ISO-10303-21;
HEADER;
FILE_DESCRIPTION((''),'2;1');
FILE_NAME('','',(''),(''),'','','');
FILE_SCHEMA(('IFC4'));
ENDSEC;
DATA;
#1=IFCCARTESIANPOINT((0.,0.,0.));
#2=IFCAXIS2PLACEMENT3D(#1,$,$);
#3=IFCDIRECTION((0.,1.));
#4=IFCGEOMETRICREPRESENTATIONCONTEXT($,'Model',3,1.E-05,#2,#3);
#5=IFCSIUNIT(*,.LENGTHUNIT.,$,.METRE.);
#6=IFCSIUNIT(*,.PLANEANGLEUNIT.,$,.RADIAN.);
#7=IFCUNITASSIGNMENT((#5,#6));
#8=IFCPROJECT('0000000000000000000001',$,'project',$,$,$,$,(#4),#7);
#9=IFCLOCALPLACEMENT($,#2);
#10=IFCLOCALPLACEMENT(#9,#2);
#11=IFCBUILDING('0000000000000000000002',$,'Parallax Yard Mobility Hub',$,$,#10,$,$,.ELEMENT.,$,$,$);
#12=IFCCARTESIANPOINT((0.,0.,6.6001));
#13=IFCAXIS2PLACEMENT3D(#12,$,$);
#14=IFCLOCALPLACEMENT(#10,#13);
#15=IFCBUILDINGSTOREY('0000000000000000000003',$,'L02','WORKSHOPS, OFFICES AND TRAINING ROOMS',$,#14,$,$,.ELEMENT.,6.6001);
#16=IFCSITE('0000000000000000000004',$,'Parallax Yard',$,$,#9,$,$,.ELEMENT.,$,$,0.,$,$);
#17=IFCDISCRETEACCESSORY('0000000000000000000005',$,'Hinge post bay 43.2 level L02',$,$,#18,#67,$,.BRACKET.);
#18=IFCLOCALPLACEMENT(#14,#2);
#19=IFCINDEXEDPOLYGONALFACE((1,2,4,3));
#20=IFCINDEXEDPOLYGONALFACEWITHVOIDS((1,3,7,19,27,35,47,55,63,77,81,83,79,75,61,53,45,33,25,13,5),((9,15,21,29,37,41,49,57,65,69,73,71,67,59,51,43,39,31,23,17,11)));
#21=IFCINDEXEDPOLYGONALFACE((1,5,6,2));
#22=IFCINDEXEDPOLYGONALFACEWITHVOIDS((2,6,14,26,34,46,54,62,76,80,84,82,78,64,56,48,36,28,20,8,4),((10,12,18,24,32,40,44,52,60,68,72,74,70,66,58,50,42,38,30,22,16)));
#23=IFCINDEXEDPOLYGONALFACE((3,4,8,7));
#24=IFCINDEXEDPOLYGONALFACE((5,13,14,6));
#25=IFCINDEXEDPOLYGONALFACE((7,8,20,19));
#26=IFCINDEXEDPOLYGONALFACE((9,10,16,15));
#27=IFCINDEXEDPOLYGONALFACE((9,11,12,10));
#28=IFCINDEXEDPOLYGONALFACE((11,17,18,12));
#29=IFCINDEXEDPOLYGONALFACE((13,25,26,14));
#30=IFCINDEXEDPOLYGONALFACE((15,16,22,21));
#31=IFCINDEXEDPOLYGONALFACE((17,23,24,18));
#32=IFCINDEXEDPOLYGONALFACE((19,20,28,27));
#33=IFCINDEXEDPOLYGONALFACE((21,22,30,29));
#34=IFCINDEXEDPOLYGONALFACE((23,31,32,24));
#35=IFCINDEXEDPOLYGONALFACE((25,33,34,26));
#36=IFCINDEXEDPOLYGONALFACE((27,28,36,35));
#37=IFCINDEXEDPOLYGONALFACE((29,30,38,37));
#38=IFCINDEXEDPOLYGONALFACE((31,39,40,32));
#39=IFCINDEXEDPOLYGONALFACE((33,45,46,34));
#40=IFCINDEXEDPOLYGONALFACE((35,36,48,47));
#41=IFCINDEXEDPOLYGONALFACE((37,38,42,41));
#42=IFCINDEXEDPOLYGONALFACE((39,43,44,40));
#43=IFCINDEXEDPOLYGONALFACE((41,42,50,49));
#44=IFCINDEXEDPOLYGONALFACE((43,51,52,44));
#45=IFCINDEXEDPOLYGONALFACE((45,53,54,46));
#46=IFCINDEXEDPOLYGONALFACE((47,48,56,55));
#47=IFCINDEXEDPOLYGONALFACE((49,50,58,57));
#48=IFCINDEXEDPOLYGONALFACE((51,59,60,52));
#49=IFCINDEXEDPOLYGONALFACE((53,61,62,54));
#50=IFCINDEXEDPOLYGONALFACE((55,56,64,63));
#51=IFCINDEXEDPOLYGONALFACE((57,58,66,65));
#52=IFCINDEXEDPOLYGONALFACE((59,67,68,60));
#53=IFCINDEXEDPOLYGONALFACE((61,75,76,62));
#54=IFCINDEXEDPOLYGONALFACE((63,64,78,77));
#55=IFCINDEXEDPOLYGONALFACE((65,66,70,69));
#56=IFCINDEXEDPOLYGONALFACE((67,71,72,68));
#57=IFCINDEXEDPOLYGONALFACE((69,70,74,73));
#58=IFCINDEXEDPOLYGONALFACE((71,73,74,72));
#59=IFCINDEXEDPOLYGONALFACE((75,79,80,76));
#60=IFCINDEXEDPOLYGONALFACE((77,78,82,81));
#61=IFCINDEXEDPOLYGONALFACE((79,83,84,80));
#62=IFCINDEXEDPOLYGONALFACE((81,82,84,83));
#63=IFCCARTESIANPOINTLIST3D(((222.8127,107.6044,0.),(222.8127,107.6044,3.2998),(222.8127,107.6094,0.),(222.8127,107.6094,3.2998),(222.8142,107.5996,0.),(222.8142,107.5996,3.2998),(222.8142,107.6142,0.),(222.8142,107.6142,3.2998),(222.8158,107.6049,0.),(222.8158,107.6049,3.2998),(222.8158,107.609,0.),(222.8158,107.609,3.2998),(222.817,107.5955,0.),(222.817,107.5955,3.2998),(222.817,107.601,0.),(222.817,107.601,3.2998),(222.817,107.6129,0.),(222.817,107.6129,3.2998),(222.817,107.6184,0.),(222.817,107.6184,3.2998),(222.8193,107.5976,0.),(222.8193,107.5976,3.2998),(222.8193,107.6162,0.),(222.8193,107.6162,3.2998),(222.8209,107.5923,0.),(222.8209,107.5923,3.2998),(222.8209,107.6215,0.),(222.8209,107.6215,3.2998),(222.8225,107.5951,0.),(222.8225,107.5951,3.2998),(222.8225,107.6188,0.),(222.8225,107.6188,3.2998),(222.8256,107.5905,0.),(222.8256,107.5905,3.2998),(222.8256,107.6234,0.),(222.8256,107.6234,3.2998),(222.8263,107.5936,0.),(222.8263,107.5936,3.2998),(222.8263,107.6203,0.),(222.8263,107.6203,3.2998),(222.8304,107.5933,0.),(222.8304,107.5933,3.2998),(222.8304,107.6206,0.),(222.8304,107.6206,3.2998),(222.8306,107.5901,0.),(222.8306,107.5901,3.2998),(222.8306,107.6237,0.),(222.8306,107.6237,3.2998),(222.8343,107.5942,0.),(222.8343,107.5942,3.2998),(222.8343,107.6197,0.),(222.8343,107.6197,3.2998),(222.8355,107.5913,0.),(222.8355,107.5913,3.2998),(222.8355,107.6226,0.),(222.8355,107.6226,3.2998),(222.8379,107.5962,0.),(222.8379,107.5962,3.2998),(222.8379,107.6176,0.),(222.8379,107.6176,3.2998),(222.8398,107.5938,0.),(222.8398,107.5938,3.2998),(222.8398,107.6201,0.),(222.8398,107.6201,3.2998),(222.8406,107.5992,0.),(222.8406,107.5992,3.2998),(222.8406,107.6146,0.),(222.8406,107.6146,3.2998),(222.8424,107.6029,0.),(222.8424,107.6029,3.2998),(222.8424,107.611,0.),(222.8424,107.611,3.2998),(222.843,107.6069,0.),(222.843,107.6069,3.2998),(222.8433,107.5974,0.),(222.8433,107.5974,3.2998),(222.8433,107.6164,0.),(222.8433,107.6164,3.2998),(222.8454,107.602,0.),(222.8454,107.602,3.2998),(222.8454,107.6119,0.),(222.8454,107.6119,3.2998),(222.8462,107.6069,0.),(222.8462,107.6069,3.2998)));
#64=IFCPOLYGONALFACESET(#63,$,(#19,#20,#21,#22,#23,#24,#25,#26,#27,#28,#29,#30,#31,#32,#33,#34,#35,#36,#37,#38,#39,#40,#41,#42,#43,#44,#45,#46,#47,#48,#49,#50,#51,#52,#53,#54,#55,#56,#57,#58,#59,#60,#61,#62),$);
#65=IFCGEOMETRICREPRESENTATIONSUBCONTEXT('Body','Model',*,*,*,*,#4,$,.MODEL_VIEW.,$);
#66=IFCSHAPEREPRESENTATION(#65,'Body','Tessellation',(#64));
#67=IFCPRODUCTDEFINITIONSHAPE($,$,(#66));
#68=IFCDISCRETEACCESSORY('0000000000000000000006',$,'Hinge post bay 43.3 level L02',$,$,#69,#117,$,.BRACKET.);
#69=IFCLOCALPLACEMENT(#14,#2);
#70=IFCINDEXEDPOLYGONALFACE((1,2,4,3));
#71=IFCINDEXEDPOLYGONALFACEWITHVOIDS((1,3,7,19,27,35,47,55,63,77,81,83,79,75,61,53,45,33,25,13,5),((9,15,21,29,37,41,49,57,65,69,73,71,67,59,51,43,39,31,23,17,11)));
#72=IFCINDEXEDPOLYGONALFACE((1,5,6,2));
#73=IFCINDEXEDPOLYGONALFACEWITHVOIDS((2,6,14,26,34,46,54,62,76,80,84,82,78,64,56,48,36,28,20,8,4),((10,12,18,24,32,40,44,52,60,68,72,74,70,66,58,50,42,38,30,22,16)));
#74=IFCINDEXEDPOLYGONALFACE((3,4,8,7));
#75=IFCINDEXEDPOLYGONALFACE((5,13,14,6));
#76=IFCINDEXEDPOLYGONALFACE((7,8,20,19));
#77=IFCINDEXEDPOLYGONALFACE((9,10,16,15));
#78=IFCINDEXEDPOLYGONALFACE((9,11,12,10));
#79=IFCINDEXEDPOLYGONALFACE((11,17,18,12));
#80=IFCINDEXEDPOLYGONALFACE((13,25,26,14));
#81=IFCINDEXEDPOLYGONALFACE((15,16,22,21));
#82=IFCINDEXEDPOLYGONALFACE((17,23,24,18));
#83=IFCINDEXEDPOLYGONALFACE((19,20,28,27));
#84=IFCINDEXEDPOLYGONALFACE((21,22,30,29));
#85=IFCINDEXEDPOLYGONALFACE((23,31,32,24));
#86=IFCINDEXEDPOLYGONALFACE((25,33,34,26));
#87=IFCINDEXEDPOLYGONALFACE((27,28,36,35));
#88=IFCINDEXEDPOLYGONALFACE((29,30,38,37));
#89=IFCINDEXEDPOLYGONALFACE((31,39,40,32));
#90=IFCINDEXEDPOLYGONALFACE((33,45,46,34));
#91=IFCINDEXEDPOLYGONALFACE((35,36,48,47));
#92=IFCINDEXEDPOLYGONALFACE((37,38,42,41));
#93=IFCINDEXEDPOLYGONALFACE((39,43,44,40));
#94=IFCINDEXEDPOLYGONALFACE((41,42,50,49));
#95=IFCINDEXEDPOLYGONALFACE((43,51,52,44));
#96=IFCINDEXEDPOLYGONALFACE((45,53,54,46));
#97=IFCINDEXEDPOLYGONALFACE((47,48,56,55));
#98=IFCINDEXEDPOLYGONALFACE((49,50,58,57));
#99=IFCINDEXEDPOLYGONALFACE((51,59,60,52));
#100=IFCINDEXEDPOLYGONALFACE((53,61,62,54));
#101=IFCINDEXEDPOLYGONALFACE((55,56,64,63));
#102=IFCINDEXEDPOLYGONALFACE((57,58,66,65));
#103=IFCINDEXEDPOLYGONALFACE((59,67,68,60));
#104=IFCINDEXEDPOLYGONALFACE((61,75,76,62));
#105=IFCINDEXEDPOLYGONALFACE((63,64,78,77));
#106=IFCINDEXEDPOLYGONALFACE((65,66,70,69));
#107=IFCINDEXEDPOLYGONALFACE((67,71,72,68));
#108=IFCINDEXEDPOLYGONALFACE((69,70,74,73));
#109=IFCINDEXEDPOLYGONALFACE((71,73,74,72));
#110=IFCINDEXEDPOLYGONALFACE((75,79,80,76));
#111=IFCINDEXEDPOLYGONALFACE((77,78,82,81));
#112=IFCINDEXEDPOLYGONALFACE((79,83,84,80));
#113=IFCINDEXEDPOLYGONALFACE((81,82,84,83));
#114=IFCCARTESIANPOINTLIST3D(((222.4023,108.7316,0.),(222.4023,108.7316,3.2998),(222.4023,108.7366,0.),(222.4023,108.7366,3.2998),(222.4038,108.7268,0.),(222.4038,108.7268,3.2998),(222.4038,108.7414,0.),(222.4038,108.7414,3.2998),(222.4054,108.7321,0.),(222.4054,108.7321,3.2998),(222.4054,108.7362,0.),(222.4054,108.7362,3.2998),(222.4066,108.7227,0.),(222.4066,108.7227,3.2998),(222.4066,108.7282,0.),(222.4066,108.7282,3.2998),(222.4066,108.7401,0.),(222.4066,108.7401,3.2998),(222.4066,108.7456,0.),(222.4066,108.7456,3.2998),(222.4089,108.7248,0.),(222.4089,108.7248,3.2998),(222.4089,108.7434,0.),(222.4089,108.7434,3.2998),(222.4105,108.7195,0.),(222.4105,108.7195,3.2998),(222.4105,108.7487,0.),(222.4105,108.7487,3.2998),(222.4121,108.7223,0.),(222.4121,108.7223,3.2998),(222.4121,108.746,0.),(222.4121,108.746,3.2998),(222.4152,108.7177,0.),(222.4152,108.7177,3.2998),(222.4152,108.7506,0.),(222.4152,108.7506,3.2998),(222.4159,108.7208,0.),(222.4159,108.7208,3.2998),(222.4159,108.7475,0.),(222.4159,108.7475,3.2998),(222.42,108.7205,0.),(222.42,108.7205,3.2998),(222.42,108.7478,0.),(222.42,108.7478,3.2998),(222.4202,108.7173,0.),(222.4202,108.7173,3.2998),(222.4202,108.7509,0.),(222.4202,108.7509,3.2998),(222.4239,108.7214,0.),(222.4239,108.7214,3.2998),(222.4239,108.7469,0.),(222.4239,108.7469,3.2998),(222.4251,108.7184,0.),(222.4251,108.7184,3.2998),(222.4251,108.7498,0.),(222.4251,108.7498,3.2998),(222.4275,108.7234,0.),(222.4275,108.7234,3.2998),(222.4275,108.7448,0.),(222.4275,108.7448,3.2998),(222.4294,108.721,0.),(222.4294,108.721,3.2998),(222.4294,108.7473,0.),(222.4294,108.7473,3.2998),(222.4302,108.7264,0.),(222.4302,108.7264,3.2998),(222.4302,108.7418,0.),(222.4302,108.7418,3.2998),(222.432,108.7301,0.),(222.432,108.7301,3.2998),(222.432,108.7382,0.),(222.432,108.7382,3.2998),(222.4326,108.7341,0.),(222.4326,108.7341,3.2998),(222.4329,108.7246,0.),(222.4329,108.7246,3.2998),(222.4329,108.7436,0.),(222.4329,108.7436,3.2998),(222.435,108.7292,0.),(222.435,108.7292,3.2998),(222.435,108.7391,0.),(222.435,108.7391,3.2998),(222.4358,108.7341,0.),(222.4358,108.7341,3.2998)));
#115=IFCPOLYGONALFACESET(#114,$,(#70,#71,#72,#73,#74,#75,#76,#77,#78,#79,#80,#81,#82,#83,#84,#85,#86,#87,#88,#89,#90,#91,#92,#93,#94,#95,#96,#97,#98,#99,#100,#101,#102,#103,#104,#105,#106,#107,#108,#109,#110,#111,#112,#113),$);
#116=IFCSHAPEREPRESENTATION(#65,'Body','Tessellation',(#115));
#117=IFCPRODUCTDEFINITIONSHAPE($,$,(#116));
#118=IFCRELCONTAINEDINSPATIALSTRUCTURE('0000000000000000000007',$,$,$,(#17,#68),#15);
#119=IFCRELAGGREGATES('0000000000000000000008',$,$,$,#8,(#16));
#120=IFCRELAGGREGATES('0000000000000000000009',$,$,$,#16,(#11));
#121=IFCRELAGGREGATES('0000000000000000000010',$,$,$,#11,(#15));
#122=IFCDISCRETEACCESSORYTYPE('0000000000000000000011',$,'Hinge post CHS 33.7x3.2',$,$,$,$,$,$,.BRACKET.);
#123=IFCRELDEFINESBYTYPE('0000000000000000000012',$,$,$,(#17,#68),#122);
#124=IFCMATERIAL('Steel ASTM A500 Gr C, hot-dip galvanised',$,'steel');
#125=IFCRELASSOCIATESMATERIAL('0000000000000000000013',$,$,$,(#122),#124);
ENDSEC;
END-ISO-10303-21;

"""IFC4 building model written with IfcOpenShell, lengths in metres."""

from ifc_helpers import new_model, si_unit, direction, frame, origin, origin_2d, place, context, subcontext, project, spatial, hollow_circle, extrude, material, material_profile, profile_set, type_object, element, save


model = new_model("IFC4")

# Units and contexts
model_context = context("Model", 3, precision=1e-05, world=origin(), true_north=direction((0.0, 1.0)))
body_context = subcontext(model_context, "Body", "Model", "MODEL_VIEW")
ifc_project = project(units=[si_unit("LENGTHUNIT", "METRE"), si_unit("PLANEANGLEUNIT", "RADIAN")], contexts=[model_context])

# Site, building, storey
site_placement = place(None, origin())
site = spatial("IfcSite", under=ifc_project, at=site_placement, Name="Parallax Yard", CompositionType="ELEMENT", RefElevation=0.0)
building_placement = place(site_placement, origin())
building = spatial("IfcBuilding", under=site, at=building_placement, Name="Parallax Yard Mobility Hub", CompositionType="ELEMENT")
storey_placement = place(building_placement, frame((0.0, 0.0, 6.6001)))
storey = spatial("IfcBuildingStorey", under=building, at=storey_placement, Name="L02", Description="WORKSHOPS, OFFICES AND TRAINING ROOMS", CompositionType="ELEMENT", Elevation=6.6001)

# Discrete accessories
ifc_material_1 = material(Name="Steel ASTM A500 Gr C, hot-dip galvanised", Category="steel")
ifc_material_profile_1 = material_profile(ifc_material_1, hollow_circle(Radius=0.0168, WallThickness=0.0032, at=origin_2d()), Name="CHS 33.7x3.2")
ifc_profile_set_1 = profile_set([ifc_material_profile_1], Name="Steel ASTM A500 Gr C, hot-dip galvanised")
discrete_accessory_type_1 = type_object("IfcDiscreteAccessoryType", Name="Hinge post CHS 33.7x3.2", PredefinedType="BRACKET", material=ifc_profile_set_1)
for number, where, z_axis, x_axis, name in (
    (1, (222.8293, 107.6069, 0.0), (0.0, 0.0, 1.0), (1.0, 0.0, 0.0), "Hinge post bay 43.2 level L02"),
    (2, (222.4189, 108.7341, 0.0), (0.0, 0.0, 1.0), (1.0, 0.0, 0.0), "Hinge post bay 43.3 level L02"),
):
    element("IfcDiscreteAccessory", number, at=place(storey_placement, frame(where, z_axis=z_axis, x_axis=x_axis)), inside=storey, type_object=discrete_accessory_type_1, Name=name, PredefinedType="BRACKET", context=body_context, shape_type="SweptSolid", body=[
        extrude(hollow_circle(Radius=0.0168, WallThickness=0.0032, at=origin_2d()), origin(), (0.0, 0.0, 1.0), 3.2998),
    ])

save(model, "model.ifc")
